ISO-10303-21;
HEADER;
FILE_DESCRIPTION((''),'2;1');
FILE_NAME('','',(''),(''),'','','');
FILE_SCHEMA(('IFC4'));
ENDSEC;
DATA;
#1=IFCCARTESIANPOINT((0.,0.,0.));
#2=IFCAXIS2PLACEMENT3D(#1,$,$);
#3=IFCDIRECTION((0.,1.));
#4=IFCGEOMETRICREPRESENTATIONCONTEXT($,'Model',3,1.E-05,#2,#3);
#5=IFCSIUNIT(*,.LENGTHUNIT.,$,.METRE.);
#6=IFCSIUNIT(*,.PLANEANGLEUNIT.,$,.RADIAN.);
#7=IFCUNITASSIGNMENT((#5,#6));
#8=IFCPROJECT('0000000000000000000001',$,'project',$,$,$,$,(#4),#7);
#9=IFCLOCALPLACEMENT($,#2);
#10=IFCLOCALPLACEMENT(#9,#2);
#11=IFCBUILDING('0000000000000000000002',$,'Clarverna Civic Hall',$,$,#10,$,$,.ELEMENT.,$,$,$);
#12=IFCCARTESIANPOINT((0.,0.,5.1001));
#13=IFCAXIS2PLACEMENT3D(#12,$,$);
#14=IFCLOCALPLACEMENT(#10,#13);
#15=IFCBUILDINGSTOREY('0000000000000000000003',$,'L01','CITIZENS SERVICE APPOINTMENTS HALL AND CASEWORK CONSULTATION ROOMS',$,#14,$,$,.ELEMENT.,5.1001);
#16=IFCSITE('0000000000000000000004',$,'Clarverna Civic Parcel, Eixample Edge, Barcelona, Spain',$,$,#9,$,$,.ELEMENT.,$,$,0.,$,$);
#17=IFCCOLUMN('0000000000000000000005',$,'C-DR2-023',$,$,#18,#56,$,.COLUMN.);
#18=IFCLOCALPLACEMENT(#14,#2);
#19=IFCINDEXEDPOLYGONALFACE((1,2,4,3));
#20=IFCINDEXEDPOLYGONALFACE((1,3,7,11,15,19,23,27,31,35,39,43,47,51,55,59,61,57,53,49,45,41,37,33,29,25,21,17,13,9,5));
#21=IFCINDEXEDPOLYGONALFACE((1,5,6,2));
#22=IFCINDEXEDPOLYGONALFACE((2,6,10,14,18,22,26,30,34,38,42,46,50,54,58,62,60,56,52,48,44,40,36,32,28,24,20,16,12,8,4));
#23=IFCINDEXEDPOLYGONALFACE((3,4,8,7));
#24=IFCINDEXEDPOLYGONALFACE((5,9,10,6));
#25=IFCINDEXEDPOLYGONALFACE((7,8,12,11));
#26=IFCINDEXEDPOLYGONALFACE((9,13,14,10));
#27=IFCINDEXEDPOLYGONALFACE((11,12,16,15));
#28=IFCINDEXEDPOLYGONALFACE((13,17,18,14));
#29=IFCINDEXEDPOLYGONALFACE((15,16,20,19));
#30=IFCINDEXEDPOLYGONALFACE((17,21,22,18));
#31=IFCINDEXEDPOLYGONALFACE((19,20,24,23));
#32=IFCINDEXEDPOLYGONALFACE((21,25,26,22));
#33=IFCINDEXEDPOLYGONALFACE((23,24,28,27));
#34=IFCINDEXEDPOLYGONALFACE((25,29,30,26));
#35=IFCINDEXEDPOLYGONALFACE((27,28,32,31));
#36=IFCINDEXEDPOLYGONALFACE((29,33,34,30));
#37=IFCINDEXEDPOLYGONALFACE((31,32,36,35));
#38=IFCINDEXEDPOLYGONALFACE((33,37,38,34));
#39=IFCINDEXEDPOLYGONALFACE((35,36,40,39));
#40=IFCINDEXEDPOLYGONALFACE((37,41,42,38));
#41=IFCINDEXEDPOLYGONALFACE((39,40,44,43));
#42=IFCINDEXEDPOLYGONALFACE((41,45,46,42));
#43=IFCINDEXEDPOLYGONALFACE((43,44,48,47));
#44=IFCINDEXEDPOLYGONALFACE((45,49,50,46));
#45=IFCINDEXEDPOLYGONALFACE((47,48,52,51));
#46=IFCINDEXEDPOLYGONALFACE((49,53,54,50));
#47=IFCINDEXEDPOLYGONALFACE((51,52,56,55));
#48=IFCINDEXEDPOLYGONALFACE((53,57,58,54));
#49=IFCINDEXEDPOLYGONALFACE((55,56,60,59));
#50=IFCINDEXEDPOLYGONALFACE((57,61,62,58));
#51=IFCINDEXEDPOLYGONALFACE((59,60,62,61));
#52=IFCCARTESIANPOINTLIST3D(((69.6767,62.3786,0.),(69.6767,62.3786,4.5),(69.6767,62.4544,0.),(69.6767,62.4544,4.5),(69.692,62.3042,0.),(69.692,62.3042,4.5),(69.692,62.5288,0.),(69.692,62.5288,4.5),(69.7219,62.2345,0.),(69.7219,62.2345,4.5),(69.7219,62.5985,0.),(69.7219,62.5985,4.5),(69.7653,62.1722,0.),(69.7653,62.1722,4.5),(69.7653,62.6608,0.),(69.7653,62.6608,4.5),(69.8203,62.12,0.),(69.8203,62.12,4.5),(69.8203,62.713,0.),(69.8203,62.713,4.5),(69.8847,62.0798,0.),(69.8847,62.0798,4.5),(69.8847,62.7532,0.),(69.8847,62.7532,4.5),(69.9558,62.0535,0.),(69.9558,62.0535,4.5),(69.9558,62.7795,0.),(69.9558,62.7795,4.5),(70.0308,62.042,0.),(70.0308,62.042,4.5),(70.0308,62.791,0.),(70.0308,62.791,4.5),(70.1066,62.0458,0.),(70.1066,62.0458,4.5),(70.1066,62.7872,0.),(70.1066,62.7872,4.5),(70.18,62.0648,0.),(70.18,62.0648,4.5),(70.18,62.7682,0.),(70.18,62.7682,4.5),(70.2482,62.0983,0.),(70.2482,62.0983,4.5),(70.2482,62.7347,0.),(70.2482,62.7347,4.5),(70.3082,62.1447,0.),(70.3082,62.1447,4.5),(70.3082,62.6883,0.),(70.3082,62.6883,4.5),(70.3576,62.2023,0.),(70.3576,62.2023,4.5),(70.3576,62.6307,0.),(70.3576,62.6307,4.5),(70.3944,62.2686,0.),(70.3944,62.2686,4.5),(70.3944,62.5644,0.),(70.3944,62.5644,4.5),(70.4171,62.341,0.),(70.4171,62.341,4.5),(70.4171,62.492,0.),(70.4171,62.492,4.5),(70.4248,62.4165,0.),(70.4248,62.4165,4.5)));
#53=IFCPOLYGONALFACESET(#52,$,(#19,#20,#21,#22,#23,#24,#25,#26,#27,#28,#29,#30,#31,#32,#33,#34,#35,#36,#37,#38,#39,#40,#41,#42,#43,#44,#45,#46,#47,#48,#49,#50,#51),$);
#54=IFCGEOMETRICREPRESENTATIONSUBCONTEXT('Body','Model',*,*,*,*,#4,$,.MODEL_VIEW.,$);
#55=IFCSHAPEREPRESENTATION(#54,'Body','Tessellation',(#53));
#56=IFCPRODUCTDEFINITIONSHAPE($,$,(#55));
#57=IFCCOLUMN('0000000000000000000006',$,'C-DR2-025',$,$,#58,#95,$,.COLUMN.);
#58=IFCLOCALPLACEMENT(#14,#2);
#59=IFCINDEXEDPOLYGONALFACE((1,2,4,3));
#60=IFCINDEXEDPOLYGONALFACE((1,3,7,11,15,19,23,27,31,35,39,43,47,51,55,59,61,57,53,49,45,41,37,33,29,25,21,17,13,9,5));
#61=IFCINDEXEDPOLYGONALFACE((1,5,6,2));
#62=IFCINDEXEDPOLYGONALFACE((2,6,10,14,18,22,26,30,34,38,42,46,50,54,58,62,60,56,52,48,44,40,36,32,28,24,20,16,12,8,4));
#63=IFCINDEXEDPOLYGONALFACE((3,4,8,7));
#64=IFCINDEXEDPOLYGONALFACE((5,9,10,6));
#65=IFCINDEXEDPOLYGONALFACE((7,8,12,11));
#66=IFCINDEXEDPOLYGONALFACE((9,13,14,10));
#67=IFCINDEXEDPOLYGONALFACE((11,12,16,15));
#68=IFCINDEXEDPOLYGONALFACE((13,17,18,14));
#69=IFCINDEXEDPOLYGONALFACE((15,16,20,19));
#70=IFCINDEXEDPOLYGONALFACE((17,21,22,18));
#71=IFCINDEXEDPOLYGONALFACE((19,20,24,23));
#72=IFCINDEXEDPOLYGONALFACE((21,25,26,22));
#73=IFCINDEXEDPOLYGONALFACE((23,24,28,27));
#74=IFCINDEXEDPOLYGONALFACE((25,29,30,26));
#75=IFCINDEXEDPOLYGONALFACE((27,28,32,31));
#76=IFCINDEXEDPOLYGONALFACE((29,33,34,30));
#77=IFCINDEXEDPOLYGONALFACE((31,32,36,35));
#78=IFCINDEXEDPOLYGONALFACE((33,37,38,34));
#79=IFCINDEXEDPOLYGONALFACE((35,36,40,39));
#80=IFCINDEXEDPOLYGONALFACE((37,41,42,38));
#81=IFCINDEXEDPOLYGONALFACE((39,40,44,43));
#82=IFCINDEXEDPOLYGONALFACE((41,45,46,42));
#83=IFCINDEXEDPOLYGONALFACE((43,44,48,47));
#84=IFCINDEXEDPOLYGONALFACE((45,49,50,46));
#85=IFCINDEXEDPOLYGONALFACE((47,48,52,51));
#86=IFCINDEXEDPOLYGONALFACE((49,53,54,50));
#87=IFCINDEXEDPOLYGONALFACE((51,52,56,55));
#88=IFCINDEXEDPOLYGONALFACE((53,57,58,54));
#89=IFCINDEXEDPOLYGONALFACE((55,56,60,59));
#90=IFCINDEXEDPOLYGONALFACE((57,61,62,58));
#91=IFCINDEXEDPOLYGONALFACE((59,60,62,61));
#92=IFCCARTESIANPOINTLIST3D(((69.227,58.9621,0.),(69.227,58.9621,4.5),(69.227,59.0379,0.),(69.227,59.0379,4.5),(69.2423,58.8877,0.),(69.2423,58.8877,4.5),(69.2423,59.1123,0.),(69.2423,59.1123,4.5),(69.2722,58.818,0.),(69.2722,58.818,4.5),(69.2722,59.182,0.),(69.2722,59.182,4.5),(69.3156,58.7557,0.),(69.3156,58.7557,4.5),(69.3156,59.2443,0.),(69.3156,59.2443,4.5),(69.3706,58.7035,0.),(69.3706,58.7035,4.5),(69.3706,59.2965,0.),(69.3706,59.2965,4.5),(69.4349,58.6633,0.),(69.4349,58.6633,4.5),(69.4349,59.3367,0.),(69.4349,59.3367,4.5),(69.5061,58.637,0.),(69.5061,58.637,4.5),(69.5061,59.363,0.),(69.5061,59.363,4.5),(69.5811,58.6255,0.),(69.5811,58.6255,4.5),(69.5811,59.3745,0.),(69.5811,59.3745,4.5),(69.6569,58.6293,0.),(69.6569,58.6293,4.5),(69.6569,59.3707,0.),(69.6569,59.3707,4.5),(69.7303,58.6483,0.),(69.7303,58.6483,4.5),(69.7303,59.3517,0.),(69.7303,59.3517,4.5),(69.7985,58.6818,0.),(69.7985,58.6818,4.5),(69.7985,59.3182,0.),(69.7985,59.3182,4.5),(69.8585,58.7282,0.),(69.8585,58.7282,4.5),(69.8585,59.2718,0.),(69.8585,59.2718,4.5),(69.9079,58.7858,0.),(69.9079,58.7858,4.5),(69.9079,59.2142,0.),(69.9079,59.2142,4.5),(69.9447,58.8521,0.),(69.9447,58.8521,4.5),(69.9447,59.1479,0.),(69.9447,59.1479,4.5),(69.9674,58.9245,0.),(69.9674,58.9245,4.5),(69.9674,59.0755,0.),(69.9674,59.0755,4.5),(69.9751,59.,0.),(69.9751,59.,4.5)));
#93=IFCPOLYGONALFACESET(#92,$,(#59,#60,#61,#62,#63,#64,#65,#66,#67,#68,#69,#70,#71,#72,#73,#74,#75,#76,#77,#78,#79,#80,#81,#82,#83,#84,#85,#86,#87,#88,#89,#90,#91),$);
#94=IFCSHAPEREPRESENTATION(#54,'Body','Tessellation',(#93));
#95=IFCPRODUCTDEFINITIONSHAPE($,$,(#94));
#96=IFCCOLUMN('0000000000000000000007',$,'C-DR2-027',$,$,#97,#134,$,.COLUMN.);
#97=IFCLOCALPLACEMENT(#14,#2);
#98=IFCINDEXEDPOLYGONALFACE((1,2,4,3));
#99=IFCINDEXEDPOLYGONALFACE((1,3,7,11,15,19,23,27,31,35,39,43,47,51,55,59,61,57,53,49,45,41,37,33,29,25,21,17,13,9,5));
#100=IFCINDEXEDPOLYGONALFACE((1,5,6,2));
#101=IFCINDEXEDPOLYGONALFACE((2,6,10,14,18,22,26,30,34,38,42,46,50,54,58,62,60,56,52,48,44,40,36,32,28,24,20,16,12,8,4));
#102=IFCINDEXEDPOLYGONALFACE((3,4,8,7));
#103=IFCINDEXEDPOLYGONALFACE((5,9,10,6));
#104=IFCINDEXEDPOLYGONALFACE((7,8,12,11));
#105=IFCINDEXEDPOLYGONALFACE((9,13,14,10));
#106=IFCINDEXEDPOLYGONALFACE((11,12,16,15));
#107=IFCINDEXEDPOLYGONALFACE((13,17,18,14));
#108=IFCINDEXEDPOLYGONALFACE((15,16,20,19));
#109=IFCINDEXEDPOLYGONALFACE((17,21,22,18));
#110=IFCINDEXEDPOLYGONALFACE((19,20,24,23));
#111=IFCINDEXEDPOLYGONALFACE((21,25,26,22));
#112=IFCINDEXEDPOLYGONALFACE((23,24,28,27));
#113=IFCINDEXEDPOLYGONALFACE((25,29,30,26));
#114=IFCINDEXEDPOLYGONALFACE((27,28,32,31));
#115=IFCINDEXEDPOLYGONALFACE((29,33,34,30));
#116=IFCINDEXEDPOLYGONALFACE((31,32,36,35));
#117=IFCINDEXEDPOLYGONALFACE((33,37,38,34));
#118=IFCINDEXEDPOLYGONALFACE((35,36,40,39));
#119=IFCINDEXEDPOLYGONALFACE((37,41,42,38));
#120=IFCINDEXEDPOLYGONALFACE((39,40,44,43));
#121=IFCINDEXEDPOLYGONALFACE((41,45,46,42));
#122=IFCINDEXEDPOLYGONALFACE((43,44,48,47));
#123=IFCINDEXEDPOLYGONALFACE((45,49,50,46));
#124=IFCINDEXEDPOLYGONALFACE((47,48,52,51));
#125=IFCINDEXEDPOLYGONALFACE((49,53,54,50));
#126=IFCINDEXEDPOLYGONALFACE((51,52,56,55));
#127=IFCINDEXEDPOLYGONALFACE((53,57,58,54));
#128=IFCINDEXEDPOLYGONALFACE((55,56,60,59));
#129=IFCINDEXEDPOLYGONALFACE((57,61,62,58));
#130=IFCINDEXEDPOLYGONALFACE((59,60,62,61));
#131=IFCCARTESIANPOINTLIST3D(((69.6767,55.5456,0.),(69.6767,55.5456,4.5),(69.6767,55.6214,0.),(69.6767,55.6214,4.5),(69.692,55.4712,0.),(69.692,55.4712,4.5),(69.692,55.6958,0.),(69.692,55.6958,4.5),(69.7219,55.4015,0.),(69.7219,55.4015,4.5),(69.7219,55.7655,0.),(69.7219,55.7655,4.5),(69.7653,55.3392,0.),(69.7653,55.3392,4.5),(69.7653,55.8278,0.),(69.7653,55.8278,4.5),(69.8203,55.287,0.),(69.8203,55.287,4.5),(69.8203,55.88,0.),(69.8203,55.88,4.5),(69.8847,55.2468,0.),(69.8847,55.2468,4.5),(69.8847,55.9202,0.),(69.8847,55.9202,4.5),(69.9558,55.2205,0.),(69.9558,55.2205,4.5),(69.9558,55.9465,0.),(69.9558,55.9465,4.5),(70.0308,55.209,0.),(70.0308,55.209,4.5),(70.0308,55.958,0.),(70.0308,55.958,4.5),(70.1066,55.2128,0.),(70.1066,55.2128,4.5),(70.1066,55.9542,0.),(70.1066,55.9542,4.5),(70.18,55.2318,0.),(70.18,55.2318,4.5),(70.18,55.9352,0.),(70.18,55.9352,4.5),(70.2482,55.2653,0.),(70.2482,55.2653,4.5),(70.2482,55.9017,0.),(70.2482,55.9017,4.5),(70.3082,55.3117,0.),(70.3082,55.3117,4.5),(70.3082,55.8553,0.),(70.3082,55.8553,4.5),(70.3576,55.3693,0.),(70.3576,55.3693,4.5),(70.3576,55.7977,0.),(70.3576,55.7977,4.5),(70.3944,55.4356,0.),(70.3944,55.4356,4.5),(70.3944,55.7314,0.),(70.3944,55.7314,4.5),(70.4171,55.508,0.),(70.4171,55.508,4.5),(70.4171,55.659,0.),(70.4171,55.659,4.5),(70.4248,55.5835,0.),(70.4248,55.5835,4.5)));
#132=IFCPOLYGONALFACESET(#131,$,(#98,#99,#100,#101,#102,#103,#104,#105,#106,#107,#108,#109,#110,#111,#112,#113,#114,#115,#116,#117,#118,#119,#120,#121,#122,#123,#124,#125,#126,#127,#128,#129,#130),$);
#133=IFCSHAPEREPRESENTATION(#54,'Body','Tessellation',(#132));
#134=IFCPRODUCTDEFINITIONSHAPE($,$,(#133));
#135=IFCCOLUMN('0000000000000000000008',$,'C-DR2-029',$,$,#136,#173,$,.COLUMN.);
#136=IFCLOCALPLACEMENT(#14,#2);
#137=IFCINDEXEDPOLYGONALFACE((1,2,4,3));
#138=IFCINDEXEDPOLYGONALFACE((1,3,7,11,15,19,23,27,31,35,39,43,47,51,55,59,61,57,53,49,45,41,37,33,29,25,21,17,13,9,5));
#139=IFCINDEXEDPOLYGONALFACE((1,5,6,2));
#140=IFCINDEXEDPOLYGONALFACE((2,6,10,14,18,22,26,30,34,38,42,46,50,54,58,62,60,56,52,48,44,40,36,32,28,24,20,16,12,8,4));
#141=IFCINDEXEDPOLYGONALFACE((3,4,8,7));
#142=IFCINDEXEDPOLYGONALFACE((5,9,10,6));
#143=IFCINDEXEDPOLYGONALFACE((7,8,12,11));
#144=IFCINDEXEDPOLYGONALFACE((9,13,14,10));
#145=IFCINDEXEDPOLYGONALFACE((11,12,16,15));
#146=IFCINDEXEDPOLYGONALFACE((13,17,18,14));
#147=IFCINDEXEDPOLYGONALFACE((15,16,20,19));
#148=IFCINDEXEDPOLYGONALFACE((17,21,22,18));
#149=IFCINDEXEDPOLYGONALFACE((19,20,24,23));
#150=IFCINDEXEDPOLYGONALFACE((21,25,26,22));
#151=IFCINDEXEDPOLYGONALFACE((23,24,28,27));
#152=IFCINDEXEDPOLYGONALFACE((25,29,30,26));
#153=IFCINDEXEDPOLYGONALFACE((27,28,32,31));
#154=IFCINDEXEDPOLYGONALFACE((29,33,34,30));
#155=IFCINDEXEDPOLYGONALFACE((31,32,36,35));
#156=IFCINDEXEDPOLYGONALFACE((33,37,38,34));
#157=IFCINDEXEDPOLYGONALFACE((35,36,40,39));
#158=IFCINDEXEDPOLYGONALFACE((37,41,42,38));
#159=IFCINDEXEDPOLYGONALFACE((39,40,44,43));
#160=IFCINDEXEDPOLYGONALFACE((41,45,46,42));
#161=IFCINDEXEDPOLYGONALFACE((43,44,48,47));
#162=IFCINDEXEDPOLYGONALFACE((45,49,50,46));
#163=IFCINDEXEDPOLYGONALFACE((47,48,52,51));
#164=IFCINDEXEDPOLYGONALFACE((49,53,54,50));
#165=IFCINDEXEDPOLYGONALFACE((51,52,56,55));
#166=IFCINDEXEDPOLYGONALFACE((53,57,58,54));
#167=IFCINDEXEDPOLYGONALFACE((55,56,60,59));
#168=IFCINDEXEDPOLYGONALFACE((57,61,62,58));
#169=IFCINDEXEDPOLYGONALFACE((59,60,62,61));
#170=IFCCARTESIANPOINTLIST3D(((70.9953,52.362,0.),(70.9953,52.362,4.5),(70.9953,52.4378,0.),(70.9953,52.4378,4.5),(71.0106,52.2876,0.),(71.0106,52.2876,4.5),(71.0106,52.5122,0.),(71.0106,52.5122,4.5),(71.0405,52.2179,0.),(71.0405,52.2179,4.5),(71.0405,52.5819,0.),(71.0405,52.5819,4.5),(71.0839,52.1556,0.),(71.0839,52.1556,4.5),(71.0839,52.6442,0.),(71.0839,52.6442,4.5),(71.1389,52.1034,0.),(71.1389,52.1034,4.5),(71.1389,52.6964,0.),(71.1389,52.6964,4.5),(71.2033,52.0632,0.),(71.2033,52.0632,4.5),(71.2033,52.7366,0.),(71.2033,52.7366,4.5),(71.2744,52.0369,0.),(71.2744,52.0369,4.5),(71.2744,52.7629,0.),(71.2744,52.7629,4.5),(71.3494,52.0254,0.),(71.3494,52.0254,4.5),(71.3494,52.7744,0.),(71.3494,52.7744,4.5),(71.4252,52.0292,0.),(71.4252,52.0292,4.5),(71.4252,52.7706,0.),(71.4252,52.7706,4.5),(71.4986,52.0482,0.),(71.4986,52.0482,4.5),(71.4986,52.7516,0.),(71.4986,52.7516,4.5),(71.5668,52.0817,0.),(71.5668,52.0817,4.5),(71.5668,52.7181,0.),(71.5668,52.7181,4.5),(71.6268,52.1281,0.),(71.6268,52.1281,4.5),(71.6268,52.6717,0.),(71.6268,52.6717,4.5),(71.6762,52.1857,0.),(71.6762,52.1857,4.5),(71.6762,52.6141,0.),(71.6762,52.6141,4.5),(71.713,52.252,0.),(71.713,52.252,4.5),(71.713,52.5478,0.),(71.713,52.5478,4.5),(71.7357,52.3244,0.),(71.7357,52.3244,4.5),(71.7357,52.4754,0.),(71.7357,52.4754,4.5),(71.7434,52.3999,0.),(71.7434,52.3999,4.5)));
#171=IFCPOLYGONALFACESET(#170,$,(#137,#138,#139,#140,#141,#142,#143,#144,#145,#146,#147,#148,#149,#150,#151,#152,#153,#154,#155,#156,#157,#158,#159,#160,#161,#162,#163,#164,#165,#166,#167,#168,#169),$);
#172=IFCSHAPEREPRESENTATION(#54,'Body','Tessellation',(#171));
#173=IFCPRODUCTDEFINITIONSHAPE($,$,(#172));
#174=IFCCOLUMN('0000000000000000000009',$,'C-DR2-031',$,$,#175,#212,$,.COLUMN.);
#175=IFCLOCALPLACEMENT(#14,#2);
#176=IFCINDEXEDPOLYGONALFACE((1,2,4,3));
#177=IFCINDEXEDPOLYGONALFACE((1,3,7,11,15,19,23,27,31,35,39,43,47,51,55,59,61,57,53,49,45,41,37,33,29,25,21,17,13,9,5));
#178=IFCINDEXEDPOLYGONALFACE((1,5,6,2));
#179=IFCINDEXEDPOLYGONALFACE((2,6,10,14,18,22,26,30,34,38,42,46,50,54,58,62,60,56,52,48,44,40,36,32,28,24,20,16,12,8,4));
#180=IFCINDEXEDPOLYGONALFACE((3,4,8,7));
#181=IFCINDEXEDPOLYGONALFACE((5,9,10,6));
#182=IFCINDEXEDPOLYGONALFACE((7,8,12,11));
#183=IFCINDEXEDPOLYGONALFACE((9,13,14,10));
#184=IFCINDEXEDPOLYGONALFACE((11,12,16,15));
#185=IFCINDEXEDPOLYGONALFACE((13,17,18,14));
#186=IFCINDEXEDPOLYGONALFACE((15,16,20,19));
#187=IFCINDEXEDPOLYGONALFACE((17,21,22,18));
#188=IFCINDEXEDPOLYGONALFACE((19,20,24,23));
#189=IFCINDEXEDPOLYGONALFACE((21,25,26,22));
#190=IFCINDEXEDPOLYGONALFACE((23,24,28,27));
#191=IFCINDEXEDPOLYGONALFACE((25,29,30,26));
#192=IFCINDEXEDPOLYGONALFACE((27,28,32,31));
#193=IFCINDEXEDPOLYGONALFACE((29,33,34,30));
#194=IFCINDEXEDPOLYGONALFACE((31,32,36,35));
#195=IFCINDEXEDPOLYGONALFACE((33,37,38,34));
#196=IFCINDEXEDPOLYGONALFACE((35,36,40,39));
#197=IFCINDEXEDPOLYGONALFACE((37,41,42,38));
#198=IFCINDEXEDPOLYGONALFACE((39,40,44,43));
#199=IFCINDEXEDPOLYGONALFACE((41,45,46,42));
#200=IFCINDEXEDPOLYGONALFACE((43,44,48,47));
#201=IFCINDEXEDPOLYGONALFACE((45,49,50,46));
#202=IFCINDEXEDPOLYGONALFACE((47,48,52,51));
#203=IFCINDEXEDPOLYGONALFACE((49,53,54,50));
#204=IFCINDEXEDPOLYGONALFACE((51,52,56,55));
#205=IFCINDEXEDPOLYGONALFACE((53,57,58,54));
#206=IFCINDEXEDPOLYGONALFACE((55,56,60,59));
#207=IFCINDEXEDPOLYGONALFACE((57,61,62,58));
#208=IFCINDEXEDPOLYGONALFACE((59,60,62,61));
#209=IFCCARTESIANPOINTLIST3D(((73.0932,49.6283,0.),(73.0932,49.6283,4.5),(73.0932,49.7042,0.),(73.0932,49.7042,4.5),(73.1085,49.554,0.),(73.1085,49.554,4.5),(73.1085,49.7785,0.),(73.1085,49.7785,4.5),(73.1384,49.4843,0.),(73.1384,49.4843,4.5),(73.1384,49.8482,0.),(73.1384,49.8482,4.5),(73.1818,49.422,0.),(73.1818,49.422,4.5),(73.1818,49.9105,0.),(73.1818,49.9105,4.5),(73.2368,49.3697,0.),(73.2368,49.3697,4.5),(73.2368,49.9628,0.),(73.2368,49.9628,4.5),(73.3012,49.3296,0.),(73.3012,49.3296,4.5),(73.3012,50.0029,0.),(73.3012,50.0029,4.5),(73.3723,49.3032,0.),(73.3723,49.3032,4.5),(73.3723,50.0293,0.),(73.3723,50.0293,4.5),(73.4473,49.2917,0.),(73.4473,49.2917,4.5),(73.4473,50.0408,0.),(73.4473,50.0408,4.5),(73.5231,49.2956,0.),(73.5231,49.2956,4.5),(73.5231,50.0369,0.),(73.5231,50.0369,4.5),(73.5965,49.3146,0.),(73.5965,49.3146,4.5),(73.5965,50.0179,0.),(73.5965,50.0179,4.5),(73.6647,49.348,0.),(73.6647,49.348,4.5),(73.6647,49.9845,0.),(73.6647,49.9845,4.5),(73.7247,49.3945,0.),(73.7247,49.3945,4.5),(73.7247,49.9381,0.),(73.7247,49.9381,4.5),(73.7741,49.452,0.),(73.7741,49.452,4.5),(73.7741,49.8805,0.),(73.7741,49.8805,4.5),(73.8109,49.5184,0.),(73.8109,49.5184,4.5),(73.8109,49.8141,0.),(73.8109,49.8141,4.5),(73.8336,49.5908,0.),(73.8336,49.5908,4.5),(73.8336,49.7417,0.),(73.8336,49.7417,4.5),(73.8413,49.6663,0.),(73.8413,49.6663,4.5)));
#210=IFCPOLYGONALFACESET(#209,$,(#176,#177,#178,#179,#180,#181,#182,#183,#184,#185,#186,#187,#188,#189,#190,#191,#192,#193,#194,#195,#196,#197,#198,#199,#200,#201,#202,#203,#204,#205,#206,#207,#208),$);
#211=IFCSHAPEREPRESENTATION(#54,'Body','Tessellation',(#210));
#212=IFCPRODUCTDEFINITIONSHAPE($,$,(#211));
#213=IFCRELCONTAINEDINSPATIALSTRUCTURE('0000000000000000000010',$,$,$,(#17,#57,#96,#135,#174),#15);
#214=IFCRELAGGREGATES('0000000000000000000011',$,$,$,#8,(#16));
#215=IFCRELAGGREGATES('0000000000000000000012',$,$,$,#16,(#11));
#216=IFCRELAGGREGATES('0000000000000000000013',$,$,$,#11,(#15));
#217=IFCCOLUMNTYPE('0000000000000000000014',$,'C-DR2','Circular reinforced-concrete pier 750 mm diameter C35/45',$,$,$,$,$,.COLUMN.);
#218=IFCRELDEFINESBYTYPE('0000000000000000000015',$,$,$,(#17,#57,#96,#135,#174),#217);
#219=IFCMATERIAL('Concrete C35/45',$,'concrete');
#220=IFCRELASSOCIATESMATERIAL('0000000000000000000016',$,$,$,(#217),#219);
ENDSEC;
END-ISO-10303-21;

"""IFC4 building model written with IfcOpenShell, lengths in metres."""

from ifc_helpers import new_model, si_unit, direction, frame, origin, origin_2d, place, context, subcontext, project, spatial, circle, extrude, material, material_profile, profile_set, type_object, element, save


model = new_model("IFC4")

# Units and contexts
model_context = context("Model", 3, precision=1e-05, world=origin(), true_north=direction((0.0, 1.0)))
body_context = subcontext(model_context, "Body", "Model", "MODEL_VIEW")
ifc_project = project(units=[si_unit("LENGTHUNIT", "METRE"), si_unit("PLANEANGLEUNIT", "RADIAN")], contexts=[model_context])

# Site, building, storey
site_placement = place(None, origin())
site = spatial("IfcSite", under=ifc_project, at=site_placement, Name="Clarverna Civic Parcel, Eixample Edge, Barcelona, Spain", CompositionType="ELEMENT", RefElevation=0.0)
building_placement = place(site_placement, origin())
building = spatial("IfcBuilding", under=site, at=building_placement, Name="Clarverna Civic Hall", CompositionType="ELEMENT")
storey_placement = place(building_placement, frame((0.0, 0.0, 5.1001)))
storey = spatial("IfcBuildingStorey", under=building, at=storey_placement, Name="L01", Description="CITIZENS SERVICE APPOINTMENTS HALL AND CASEWORK CONSULTATION ROOMS", CompositionType="ELEMENT", Elevation=5.1001)

# Columns
ifc_material_1 = material(Name="Concrete C35/45", Category="concrete")
ifc_material_profile_1 = material_profile(ifc_material_1, circle(Radius=0.375, at=origin_2d()), Name="RC D750")
ifc_profile_set_1 = profile_set([ifc_material_profile_1], Name="Concrete C35/45")
column_type_1 = type_object("IfcColumnType", Name="C-DR2", Description="Circular reinforced-concrete pier 750 mm diameter C35/45", PredefinedType="COLUMN", material=ifc_profile_set_1)
for number, where, z_axis, x_axis, name in (
    (1, (70.0498, 62.4165, 0.0), (0.0, 0.0, 1.0), (1.0, 0.0, 0.0), "C-DR2-023"),
    (2, (69.6001, 59.0, 0.0), (0.0, 0.0, 1.0), (1.0, 0.0, 0.0), "C-DR2-025"),
    (3, (70.0498, 55.5835, 0.0), (0.0, 0.0, 1.0), (1.0, 0.0, 0.0), "C-DR2-027"),
    (4, (71.3684, 52.3999, 0.0), (0.0, 0.0, 1.0), (1.0, 0.0, 0.0), "C-DR2-029"),
    (5, (73.4663, 49.6663, 0.0), (0.0, 0.0, 1.0), (1.0, 0.0, 0.0), "C-DR2-031"),
):
    element("IfcColumn", number, at=place(storey_placement, frame(where, z_axis=z_axis, x_axis=x_axis)), inside=storey, type_object=column_type_1, Name=name, PredefinedType="COLUMN", context=body_context, shape_type="SweptSolid", body=[
        extrude(circle(Radius=0.375, at=origin_2d()), origin(), (0.0, 0.0, 1.0), 4.5),
    ])

save(model, "model.ifc")
